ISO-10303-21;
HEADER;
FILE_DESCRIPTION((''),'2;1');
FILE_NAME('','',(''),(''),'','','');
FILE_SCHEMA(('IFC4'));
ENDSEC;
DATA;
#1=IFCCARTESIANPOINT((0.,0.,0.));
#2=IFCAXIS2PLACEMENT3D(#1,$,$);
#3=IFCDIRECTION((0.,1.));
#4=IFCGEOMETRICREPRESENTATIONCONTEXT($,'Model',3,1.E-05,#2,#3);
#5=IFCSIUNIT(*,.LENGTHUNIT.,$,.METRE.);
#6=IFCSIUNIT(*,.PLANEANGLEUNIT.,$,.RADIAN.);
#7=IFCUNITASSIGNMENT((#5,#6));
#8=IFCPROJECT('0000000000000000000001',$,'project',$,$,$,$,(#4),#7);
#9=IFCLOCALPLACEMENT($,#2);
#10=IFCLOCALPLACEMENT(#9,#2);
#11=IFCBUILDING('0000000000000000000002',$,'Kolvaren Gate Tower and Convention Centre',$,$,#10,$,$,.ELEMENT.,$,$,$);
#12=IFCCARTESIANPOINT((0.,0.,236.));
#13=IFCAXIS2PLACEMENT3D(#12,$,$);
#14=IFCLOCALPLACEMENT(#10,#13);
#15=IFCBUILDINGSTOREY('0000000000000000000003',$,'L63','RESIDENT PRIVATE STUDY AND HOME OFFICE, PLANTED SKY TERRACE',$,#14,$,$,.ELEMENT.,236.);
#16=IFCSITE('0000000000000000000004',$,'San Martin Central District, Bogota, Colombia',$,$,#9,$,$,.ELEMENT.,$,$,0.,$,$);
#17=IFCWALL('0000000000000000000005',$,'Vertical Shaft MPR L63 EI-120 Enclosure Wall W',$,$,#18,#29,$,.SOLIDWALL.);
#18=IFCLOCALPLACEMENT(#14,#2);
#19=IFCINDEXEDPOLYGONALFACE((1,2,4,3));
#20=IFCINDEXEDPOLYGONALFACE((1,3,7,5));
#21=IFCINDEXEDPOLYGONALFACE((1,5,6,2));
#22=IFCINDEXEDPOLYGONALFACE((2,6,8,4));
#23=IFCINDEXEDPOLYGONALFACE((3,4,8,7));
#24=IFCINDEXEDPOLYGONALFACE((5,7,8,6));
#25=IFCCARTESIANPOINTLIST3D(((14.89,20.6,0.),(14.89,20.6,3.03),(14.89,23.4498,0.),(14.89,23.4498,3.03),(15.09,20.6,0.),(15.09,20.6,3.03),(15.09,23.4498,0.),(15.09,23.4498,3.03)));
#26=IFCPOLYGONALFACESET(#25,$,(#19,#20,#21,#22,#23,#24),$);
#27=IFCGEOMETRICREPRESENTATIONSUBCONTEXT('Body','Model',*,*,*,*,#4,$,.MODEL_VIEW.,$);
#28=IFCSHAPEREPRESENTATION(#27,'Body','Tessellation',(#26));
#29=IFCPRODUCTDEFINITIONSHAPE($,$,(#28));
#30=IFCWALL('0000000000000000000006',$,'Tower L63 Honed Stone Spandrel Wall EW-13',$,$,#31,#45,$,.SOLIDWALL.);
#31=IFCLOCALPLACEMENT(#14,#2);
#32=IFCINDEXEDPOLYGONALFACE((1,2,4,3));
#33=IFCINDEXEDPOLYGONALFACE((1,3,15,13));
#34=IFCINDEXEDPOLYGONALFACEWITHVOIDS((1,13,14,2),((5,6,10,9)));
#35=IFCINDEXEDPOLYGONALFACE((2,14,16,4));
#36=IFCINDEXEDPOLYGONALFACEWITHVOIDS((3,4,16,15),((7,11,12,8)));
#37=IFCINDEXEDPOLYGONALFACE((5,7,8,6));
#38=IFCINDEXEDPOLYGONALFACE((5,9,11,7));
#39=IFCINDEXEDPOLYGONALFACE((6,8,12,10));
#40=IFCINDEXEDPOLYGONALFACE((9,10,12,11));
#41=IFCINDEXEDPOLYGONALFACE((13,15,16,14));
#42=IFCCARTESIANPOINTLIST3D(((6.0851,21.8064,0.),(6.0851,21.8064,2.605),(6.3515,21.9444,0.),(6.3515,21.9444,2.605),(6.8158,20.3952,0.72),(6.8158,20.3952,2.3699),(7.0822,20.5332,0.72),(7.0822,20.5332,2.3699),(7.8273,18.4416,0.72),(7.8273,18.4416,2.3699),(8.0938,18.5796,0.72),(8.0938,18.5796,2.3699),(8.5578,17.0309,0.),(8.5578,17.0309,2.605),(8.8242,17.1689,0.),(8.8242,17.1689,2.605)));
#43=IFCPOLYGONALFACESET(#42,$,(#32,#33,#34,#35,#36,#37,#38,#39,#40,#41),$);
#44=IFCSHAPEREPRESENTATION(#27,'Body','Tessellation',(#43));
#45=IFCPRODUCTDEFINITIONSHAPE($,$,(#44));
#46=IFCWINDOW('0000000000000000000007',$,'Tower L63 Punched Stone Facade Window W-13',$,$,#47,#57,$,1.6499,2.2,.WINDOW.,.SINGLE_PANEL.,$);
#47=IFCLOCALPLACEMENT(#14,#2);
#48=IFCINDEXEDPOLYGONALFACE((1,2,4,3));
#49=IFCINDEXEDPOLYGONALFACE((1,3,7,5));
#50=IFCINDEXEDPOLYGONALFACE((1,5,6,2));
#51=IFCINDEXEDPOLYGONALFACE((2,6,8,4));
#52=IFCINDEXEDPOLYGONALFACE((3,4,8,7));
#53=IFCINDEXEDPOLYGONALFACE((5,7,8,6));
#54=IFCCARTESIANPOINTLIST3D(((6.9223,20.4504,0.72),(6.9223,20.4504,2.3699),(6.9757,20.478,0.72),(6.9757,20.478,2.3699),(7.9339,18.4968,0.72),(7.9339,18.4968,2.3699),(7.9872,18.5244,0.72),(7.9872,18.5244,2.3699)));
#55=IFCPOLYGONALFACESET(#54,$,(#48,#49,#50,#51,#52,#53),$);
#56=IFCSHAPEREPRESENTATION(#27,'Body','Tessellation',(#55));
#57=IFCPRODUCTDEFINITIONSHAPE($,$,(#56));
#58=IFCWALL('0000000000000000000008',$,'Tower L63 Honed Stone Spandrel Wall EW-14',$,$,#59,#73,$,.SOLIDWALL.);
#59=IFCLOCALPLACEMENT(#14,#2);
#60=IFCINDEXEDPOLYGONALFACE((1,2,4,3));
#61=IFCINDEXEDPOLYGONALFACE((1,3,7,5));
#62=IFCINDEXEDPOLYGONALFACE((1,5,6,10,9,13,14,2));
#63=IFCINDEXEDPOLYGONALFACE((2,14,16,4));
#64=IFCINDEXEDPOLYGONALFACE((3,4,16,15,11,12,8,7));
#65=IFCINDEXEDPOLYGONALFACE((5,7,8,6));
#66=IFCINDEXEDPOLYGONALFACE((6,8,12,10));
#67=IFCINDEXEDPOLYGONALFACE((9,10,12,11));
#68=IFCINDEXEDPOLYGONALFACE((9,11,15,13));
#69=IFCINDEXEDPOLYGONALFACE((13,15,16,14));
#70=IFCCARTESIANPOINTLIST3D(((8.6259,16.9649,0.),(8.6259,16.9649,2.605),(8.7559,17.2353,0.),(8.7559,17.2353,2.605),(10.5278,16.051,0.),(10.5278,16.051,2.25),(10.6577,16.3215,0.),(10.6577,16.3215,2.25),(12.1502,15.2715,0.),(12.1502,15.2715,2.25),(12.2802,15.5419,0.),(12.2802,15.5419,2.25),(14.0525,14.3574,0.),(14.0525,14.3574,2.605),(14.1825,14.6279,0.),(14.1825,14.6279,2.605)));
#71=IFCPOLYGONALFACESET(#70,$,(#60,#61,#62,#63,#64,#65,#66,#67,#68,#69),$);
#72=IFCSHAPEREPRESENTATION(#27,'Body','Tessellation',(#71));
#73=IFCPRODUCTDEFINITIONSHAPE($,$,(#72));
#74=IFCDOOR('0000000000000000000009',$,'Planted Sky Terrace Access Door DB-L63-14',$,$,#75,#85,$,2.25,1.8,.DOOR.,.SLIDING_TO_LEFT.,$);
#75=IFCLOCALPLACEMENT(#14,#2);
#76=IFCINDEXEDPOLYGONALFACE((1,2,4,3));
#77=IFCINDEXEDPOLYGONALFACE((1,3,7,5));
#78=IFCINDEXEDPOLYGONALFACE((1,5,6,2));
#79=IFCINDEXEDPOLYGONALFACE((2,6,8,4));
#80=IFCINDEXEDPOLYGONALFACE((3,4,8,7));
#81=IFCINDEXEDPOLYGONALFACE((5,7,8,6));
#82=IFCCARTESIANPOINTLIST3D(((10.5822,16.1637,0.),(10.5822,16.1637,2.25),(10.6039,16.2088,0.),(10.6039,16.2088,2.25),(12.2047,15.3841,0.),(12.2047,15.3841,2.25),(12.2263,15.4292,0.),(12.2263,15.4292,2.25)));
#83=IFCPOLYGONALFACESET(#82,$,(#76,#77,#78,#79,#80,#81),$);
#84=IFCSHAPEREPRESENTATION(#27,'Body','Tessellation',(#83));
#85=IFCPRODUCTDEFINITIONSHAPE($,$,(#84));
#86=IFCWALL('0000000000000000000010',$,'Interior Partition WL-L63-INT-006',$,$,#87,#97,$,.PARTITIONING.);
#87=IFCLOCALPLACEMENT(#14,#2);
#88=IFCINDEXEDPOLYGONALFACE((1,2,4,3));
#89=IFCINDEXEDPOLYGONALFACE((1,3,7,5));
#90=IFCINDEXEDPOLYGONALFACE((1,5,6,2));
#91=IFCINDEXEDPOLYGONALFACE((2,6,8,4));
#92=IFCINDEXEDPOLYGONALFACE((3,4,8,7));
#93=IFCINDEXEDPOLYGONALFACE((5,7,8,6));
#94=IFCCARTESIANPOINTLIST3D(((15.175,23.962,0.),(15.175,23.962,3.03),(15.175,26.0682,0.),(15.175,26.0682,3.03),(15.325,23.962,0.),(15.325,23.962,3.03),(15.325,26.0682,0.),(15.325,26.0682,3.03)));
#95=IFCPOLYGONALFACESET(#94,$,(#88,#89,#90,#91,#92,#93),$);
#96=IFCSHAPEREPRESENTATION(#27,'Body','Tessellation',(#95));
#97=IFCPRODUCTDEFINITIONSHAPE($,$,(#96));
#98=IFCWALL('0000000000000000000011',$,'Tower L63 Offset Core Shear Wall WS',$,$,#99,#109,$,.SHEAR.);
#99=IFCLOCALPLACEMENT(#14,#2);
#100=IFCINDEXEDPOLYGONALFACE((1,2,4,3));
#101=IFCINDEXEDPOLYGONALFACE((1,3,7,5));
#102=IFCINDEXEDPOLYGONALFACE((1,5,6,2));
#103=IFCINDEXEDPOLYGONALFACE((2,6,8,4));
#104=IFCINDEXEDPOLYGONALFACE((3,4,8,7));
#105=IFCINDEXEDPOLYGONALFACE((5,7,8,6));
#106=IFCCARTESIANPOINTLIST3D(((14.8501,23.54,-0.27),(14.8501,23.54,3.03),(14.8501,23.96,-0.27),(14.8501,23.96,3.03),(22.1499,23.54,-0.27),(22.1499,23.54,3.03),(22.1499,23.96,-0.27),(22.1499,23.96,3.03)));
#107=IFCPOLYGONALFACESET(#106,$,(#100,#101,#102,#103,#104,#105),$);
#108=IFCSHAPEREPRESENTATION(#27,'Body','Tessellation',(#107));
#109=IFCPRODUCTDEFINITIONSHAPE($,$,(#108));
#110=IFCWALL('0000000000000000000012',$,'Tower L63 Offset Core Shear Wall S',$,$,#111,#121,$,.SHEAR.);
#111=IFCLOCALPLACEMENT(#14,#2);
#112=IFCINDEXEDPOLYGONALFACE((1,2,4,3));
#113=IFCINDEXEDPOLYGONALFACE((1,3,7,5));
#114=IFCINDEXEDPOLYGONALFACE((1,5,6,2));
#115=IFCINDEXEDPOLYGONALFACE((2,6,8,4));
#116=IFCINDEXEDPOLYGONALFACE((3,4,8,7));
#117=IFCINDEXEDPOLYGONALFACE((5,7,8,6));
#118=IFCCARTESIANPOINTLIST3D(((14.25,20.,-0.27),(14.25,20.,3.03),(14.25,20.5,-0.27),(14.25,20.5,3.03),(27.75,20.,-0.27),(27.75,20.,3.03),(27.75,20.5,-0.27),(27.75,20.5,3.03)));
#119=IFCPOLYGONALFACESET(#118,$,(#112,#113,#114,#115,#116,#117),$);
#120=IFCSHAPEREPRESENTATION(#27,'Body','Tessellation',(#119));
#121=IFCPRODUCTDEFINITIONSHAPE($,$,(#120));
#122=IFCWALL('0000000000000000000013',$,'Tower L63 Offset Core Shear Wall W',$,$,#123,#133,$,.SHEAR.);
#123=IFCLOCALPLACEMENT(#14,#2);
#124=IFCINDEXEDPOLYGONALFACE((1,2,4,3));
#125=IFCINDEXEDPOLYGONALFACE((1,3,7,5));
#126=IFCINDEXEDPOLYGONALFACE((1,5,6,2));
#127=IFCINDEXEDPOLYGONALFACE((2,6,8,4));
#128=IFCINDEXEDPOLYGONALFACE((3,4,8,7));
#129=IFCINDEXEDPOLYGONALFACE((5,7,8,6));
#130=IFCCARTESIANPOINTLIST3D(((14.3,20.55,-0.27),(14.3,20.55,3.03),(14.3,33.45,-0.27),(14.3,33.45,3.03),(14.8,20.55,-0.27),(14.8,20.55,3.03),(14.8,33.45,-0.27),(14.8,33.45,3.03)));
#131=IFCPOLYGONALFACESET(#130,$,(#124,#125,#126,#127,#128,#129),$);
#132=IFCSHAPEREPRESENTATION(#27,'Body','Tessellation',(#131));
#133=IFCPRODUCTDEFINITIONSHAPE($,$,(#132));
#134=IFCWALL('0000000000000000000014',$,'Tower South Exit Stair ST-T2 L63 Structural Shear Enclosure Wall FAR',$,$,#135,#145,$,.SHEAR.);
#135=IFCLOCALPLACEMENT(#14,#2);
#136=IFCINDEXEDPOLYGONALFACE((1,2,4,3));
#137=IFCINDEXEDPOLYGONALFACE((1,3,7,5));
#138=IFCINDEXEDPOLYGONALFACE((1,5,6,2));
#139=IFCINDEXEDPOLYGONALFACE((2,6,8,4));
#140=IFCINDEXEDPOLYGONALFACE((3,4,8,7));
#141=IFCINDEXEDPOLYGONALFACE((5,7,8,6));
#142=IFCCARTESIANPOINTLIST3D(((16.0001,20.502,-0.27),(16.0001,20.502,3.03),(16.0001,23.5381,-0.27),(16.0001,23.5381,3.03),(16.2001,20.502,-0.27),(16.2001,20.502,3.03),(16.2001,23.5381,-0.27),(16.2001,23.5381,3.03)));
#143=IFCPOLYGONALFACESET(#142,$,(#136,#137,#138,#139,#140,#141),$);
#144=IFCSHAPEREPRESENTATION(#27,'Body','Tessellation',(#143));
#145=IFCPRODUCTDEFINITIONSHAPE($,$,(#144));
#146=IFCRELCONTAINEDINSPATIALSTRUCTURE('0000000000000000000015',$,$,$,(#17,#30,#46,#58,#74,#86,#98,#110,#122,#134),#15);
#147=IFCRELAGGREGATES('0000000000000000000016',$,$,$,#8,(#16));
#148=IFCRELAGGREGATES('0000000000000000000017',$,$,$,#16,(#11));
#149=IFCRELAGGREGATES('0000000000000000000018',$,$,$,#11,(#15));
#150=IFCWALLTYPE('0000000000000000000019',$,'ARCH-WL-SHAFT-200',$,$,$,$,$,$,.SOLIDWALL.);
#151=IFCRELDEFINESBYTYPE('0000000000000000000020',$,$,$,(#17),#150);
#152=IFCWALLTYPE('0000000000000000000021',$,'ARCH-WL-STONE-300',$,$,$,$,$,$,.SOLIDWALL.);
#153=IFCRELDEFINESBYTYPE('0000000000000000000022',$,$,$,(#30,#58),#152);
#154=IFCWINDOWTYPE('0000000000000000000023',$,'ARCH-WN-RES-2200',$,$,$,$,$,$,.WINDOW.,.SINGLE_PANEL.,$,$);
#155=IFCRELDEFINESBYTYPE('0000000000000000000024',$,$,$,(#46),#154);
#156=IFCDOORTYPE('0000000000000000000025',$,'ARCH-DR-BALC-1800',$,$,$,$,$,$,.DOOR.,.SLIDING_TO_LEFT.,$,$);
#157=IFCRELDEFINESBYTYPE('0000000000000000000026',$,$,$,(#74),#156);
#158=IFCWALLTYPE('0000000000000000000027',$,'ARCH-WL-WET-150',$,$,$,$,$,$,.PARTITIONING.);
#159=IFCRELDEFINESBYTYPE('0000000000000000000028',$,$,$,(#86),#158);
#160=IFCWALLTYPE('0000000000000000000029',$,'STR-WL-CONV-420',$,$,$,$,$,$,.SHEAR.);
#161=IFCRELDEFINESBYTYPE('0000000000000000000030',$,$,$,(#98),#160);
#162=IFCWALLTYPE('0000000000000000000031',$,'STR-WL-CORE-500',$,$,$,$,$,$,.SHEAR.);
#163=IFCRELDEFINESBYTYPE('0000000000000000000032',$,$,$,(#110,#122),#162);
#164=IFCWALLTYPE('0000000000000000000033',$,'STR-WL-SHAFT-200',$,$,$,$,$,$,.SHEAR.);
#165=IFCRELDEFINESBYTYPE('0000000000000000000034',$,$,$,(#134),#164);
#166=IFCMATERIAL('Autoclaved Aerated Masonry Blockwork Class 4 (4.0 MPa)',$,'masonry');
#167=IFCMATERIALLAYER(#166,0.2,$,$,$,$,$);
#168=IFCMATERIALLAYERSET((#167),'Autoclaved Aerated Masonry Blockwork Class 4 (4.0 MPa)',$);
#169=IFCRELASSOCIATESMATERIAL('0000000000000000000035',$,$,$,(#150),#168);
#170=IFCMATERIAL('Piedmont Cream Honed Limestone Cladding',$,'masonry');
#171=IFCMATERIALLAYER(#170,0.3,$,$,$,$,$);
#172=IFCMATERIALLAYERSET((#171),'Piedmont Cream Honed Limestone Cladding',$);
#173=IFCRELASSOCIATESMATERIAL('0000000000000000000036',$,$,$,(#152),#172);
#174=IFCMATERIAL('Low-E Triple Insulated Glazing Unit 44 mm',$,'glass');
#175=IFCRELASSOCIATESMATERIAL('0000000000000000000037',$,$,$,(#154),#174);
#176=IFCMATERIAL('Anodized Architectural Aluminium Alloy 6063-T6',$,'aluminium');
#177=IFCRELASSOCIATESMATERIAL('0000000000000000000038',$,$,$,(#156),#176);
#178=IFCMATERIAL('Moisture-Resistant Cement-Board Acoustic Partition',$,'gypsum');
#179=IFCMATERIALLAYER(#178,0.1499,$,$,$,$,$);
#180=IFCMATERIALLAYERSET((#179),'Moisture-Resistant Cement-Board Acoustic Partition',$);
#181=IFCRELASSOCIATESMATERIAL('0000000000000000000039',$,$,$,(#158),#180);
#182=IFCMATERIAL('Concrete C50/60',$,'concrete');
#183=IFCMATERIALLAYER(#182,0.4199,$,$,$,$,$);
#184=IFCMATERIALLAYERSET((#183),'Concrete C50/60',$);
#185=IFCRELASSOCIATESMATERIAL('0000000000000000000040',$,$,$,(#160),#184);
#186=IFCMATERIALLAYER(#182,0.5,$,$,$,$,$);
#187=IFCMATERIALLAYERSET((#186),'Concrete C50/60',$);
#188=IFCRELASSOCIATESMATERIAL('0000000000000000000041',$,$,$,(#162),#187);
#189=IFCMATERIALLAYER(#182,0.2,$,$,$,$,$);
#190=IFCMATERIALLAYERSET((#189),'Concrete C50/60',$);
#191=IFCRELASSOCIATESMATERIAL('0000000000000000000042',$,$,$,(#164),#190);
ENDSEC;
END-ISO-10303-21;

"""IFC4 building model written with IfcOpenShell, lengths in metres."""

from ifc_helpers import new_model, si_unit, direction, frame, frame_2d, origin, place, context, subcontext, project, spatial, rectangle, extrude, material, layer, layer_set, type_object, element, fill, save


model = new_model("IFC4")

# Units and contexts
model_context = context("Model", 3, precision=1e-05, world=origin(), true_north=direction((0.0, 1.0)))
body_context = subcontext(model_context, "Body", "Model", "MODEL_VIEW")
ifc_project = project(units=[si_unit("LENGTHUNIT", "METRE"), si_unit("PLANEANGLEUNIT", "RADIAN")], contexts=[model_context])

# Site, building, storey
site_placement = place(None, origin())
site = spatial("IfcSite", under=ifc_project, at=site_placement, Name="San Martin Central District, Bogota, Colombia", CompositionType="ELEMENT", RefElevation=0.0)
building_placement = place(site_placement, origin())
building = spatial("IfcBuilding", under=site, at=building_placement, Name="Kolvaren Gate Tower and Convention Centre", CompositionType="ELEMENT")
storey_placement = place(building_placement, frame((0.0, 0.0, 236.0)))
storey = spatial("IfcBuildingStorey", under=building, at=storey_placement, Name="L63", Description="RESIDENT PRIVATE STUDY AND HOME OFFICE, PLANTED SKY TERRACE", CompositionType="ELEMENT", Elevation=236.0)

# Wall
ifc_material_1 = material(Name="Piedmont Cream Honed Limestone Cladding", Category="masonry")
ifc_material_2 = material(Name="Autoclaved Aerated Masonry Blockwork Class 4 (4.0 MPa)", Category="masonry")
ifc_layer_1 = layer(ifc_material_2, 0.2)
ifc_layer_set_1 = layer_set([ifc_layer_1], Name="Autoclaved Aerated Masonry Blockwork Class 4 (4.0 MPa)")
wall_type_1 = type_object("IfcWallType", Name="ARCH-WL-SHAFT-200", PredefinedType="SOLIDWALL", material=ifc_layer_set_1)
wall_1_placement = place(storey_placement, frame((14.99, 20.6001, 0.0), z_axis=(0.0, 0.0, 1.0), x_axis=(0.0, 1.0, 0.0)))
element("IfcWall", 1, at=wall_1_placement, inside=storey, type_object=wall_type_1, Name="Vertical Shaft MPR L63 EI-120 Enclosure Wall W", PredefinedType="SOLIDWALL", context=body_context, shape_type="SweptSolid", body=[
    extrude(rectangle(XDim=2.8499, YDim=0.2, at=frame_2d((1.4248, 0.0))), origin(), (0.0, 0.0, 1.0), 3.03),
])

# Wall, opening, window
ifc_layer_2 = layer(ifc_material_1, 0.3)
ifc_layer_set_2 = layer_set([ifc_layer_2], Name="Piedmont Cream Honed Limestone Cladding")
wall_type_2 = type_object("IfcWallType", Name="ARCH-WL-STONE-300", PredefinedType="SOLIDWALL", material=ifc_layer_set_2)
wall_2_placement = place(storey_placement, frame((6.2183, 21.8755, 0.0), z_axis=(0.0, 0.0, 1.0), x_axis=(0.459808, -0.888018, 0.0)))
wall_2 = element("IfcWall", 2, at=wall_2_placement, inside=storey, type_object=wall_type_2, Name="Tower L63 Honed Stone Spandrel Wall EW-13", PredefinedType="SOLIDWALL", context=body_context, shape_type="SweptSolid", body=[
    extrude(rectangle(XDim=5.3777, YDim=0.3, at=frame_2d((2.689, 0.0))), origin(), (0.0, 0.0, 1.0), 2.605),
])
opening_1_placement = place(wall_2_placement, frame((1.5891, 0.0, 0.72)))
opening_1 = element("IfcOpeningElement", 3, at=opening_1_placement, cuts=wall_2, PredefinedType="OPENING", context=body_context, shape_type="SweptSolid", body=[
    extrude(rectangle(XDim=2.2, YDim=1.6499, at=frame_2d((1.1001, 0.825))), frame((0.0, 0.1599, 0.0), z_axis=(0.0, -1.0, 0.0), x_axis=(1.0, 0.0, 0.0)), (0.0, 0.0, 1.0), 0.3201),
])
ifc_material_3 = material(Name="Low-E Triple Insulated Glazing Unit 44 mm", Category="glass")
window_type = type_object("IfcWindowType", Name="ARCH-WN-RES-2200", PartitioningType="SINGLE_PANEL", PredefinedType="WINDOW", material=ifc_material_3)
window_placement = place(opening_1_placement, origin())
window = element("IfcWindow", 4, at=window_placement, inside=storey, type_object=window_type, Name="Tower L63 Punched Stone Facade Window W-13", OverallHeight=1.6499, OverallWidth=2.2, PartitioningType="SINGLE_PANEL", PredefinedType="WINDOW", context=body_context, shape_type="SweptSolid", body=[
    extrude(rectangle(XDim=2.2, YDim=1.6499, at=frame_2d((1.1001, 0.825))), frame((0.0, 0.03, 0.0), z_axis=(0.0, -1.0, 0.0), x_axis=(1.0, 0.0, 0.0)), (0.0, 0.0, 1.0), 0.0601),
])
fill(opening_1, window)

# Wall, opening, door
wall_3_placement = place(storey_placement, frame((8.6909, 17.1001, 0.0), z_axis=(0.0, 0.0, 1.0), x_axis=(0.901348, -0.433095, 0.0)))
wall_3 = element("IfcWall", 5, at=wall_3_placement, inside=storey, type_object=wall_type_2, Name="Tower L63 Honed Stone Spandrel Wall EW-14", PredefinedType="SOLIDWALL", context=body_context, shape_type="SweptSolid", body=[
    extrude(rectangle(XDim=6.0205, YDim=0.3, at=frame_2d((3.0103, 0.0))), origin(), (0.0, 0.0, 1.0), 2.605),
])
opening_2_placement = place(wall_3_placement, frame((2.1101, 0.0, 0.0)))
opening_2 = element("IfcOpeningElement", 6, at=opening_2_placement, cuts=wall_3, PredefinedType="OPENING", context=body_context, shape_type="SweptSolid", body=[
    extrude(rectangle(XDim=1.8, YDim=2.25, at=frame_2d((0.8999, 1.125))), frame((0.0, 0.1599, 0.0), z_axis=(0.0, -1.0, 0.0), x_axis=(1.0, 0.0, 0.0)), (0.0, 0.0, 1.0), 0.3201),
])
ifc_material_4 = material(Name="Anodized Architectural Aluminium Alloy 6063-T6", Category="aluminium")
door_type = type_object("IfcDoorType", Name="ARCH-DR-BALC-1800", OperationType="SLIDING_TO_LEFT", PredefinedType="DOOR", material=ifc_material_4)
door_placement = place(opening_2_placement, frame((1.8, 0.0, 0.0), z_axis=(0.0, 0.0, 1.0), x_axis=(-1.0, 0.0, 0.0)))
door = element("IfcDoor", 7, at=door_placement, inside=storey, type_object=door_type, Name="Planted Sky Terrace Access Door DB-L63-14", OperationType="SLIDING_TO_LEFT", OverallHeight=2.25, OverallWidth=1.8, PredefinedType="DOOR", context=body_context, shape_type="SweptSolid", body=[
    extrude(rectangle(XDim=1.8, YDim=2.25, at=frame_2d((0.8999, 1.125))), frame((0.0, 0.0249, 0.0), z_axis=(0.0, -1.0, 0.0), x_axis=(1.0, 0.0, 0.0)), (0.0, 0.0, 1.0), 0.05),
])
fill(opening_2, door)

# Walls
ifc_material_5 = material(Name="Moisture-Resistant Cement-Board Acoustic Partition", Category="gypsum")
ifc_layer_3 = layer(ifc_material_5, 0.1499)
ifc_layer_set_3 = layer_set([ifc_layer_3], Name="Moisture-Resistant Cement-Board Acoustic Partition")
wall_type_3 = type_object("IfcWallType", Name="ARCH-WL-WET-150", PredefinedType="PARTITIONING", material=ifc_layer_set_3)
wall_4_placement = place(storey_placement, frame((15.25, 23.9619, 0.0), z_axis=(0.0, 0.0, 1.0), x_axis=(0.0, 1.0, 0.0)))
element("IfcWall", 8, at=wall_4_placement, inside=storey, type_object=wall_type_3, Name="Interior Partition WL-L63-INT-006", PredefinedType="PARTITIONING", context=body_context, shape_type="SweptSolid", body=[
    extrude(rectangle(XDim=2.1062, YDim=0.1499, at=frame_2d((1.0532, 0.0))), origin(), (0.0, 0.0, 1.0), 3.03),
])
ifc_material_6 = material(Name="Concrete C50/60", Category="concrete")
ifc_layer_4 = layer(ifc_material_6, 0.4199)
ifc_layer_set_4 = layer_set([ifc_layer_4], Name="Concrete C50/60")
wall_type_4 = type_object("IfcWallType", Name="STR-WL-CONV-420", PredefinedType="SHEAR", material=ifc_layer_set_4)
wall_5_placement = place(storey_placement, frame((14.8501, 23.75, -0.27), z_axis=(0.0, 0.0, 1.0), x_axis=(1.0, 0.0, 0.0)))
element("IfcWall", 9, at=wall_5_placement, inside=storey, type_object=wall_type_4, Name="Tower L63 Offset Core Shear Wall WS", PredefinedType="SHEAR", context=body_context, shape_type="SweptSolid", body=[
    extrude(rectangle(XDim=7.2998, YDim=0.4199, at=frame_2d((3.6499, 0.0))), origin(), (0.0, 0.0, 1.0), 3.3),
])
ifc_layer_5 = layer(ifc_material_6, 0.5)
ifc_layer_set_5 = layer_set([ifc_layer_5], Name="Concrete C50/60")
wall_type_5 = type_object("IfcWallType", Name="STR-WL-CORE-500", PredefinedType="SHEAR", material=ifc_layer_set_5)
wall_6_placement = place(storey_placement, frame((14.25, 20.25, -0.27), z_axis=(0.0, 0.0, 1.0), x_axis=(1.0, 0.0, 0.0)))
element("IfcWall", 10, at=wall_6_placement, inside=storey, type_object=wall_type_5, Name="Tower L63 Offset Core Shear Wall S", PredefinedType="SHEAR", context=body_context, shape_type="SweptSolid", body=[
    extrude(rectangle(XDim=13.5, YDim=0.5, at=frame_2d((6.75, 0.0))), origin(), (0.0, 0.0, 1.0), 3.3),
])
wall_7_placement = place(storey_placement, frame((14.55, 20.55, -0.27), z_axis=(0.0, 0.0, 1.0), x_axis=(0.0, 1.0, 0.0)))
element("IfcWall", 11, at=wall_7_placement, inside=storey, type_object=wall_type_5, Name="Tower L63 Offset Core Shear Wall W", PredefinedType="SHEAR", context=body_context, shape_type="SweptSolid", body=[
    extrude(rectangle(XDim=12.8999, YDim=0.5, at=frame_2d((6.45, 0.0))), origin(), (0.0, 0.0, 1.0), 3.3),
])
ifc_layer_6 = layer(ifc_material_6, 0.2)
ifc_layer_set_6 = layer_set([ifc_layer_6], Name="Concrete C50/60")
wall_type_6 = type_object("IfcWallType", Name="STR-WL-SHAFT-200", PredefinedType="SHEAR", material=ifc_layer_set_6)
wall_8_placement = place(storey_placement, frame((16.1001, 20.502, -0.27), z_axis=(0.0, 0.0, 1.0), x_axis=(0.0, 1.0, 0.0)))
element("IfcWall", 12, at=wall_8_placement, inside=storey, type_object=wall_type_6, Name="Tower South Exit Stair ST-T2 L63 Structural Shear Enclosure Wall FAR", PredefinedType="SHEAR", context=body_context, shape_type="SweptSolid", body=[
    extrude(rectangle(XDim=3.0361, YDim=0.2, at=frame_2d((1.5181, 0.0))), origin(), (0.0, 0.0, 1.0), 3.3),
])

save(model, "model.ifc")
